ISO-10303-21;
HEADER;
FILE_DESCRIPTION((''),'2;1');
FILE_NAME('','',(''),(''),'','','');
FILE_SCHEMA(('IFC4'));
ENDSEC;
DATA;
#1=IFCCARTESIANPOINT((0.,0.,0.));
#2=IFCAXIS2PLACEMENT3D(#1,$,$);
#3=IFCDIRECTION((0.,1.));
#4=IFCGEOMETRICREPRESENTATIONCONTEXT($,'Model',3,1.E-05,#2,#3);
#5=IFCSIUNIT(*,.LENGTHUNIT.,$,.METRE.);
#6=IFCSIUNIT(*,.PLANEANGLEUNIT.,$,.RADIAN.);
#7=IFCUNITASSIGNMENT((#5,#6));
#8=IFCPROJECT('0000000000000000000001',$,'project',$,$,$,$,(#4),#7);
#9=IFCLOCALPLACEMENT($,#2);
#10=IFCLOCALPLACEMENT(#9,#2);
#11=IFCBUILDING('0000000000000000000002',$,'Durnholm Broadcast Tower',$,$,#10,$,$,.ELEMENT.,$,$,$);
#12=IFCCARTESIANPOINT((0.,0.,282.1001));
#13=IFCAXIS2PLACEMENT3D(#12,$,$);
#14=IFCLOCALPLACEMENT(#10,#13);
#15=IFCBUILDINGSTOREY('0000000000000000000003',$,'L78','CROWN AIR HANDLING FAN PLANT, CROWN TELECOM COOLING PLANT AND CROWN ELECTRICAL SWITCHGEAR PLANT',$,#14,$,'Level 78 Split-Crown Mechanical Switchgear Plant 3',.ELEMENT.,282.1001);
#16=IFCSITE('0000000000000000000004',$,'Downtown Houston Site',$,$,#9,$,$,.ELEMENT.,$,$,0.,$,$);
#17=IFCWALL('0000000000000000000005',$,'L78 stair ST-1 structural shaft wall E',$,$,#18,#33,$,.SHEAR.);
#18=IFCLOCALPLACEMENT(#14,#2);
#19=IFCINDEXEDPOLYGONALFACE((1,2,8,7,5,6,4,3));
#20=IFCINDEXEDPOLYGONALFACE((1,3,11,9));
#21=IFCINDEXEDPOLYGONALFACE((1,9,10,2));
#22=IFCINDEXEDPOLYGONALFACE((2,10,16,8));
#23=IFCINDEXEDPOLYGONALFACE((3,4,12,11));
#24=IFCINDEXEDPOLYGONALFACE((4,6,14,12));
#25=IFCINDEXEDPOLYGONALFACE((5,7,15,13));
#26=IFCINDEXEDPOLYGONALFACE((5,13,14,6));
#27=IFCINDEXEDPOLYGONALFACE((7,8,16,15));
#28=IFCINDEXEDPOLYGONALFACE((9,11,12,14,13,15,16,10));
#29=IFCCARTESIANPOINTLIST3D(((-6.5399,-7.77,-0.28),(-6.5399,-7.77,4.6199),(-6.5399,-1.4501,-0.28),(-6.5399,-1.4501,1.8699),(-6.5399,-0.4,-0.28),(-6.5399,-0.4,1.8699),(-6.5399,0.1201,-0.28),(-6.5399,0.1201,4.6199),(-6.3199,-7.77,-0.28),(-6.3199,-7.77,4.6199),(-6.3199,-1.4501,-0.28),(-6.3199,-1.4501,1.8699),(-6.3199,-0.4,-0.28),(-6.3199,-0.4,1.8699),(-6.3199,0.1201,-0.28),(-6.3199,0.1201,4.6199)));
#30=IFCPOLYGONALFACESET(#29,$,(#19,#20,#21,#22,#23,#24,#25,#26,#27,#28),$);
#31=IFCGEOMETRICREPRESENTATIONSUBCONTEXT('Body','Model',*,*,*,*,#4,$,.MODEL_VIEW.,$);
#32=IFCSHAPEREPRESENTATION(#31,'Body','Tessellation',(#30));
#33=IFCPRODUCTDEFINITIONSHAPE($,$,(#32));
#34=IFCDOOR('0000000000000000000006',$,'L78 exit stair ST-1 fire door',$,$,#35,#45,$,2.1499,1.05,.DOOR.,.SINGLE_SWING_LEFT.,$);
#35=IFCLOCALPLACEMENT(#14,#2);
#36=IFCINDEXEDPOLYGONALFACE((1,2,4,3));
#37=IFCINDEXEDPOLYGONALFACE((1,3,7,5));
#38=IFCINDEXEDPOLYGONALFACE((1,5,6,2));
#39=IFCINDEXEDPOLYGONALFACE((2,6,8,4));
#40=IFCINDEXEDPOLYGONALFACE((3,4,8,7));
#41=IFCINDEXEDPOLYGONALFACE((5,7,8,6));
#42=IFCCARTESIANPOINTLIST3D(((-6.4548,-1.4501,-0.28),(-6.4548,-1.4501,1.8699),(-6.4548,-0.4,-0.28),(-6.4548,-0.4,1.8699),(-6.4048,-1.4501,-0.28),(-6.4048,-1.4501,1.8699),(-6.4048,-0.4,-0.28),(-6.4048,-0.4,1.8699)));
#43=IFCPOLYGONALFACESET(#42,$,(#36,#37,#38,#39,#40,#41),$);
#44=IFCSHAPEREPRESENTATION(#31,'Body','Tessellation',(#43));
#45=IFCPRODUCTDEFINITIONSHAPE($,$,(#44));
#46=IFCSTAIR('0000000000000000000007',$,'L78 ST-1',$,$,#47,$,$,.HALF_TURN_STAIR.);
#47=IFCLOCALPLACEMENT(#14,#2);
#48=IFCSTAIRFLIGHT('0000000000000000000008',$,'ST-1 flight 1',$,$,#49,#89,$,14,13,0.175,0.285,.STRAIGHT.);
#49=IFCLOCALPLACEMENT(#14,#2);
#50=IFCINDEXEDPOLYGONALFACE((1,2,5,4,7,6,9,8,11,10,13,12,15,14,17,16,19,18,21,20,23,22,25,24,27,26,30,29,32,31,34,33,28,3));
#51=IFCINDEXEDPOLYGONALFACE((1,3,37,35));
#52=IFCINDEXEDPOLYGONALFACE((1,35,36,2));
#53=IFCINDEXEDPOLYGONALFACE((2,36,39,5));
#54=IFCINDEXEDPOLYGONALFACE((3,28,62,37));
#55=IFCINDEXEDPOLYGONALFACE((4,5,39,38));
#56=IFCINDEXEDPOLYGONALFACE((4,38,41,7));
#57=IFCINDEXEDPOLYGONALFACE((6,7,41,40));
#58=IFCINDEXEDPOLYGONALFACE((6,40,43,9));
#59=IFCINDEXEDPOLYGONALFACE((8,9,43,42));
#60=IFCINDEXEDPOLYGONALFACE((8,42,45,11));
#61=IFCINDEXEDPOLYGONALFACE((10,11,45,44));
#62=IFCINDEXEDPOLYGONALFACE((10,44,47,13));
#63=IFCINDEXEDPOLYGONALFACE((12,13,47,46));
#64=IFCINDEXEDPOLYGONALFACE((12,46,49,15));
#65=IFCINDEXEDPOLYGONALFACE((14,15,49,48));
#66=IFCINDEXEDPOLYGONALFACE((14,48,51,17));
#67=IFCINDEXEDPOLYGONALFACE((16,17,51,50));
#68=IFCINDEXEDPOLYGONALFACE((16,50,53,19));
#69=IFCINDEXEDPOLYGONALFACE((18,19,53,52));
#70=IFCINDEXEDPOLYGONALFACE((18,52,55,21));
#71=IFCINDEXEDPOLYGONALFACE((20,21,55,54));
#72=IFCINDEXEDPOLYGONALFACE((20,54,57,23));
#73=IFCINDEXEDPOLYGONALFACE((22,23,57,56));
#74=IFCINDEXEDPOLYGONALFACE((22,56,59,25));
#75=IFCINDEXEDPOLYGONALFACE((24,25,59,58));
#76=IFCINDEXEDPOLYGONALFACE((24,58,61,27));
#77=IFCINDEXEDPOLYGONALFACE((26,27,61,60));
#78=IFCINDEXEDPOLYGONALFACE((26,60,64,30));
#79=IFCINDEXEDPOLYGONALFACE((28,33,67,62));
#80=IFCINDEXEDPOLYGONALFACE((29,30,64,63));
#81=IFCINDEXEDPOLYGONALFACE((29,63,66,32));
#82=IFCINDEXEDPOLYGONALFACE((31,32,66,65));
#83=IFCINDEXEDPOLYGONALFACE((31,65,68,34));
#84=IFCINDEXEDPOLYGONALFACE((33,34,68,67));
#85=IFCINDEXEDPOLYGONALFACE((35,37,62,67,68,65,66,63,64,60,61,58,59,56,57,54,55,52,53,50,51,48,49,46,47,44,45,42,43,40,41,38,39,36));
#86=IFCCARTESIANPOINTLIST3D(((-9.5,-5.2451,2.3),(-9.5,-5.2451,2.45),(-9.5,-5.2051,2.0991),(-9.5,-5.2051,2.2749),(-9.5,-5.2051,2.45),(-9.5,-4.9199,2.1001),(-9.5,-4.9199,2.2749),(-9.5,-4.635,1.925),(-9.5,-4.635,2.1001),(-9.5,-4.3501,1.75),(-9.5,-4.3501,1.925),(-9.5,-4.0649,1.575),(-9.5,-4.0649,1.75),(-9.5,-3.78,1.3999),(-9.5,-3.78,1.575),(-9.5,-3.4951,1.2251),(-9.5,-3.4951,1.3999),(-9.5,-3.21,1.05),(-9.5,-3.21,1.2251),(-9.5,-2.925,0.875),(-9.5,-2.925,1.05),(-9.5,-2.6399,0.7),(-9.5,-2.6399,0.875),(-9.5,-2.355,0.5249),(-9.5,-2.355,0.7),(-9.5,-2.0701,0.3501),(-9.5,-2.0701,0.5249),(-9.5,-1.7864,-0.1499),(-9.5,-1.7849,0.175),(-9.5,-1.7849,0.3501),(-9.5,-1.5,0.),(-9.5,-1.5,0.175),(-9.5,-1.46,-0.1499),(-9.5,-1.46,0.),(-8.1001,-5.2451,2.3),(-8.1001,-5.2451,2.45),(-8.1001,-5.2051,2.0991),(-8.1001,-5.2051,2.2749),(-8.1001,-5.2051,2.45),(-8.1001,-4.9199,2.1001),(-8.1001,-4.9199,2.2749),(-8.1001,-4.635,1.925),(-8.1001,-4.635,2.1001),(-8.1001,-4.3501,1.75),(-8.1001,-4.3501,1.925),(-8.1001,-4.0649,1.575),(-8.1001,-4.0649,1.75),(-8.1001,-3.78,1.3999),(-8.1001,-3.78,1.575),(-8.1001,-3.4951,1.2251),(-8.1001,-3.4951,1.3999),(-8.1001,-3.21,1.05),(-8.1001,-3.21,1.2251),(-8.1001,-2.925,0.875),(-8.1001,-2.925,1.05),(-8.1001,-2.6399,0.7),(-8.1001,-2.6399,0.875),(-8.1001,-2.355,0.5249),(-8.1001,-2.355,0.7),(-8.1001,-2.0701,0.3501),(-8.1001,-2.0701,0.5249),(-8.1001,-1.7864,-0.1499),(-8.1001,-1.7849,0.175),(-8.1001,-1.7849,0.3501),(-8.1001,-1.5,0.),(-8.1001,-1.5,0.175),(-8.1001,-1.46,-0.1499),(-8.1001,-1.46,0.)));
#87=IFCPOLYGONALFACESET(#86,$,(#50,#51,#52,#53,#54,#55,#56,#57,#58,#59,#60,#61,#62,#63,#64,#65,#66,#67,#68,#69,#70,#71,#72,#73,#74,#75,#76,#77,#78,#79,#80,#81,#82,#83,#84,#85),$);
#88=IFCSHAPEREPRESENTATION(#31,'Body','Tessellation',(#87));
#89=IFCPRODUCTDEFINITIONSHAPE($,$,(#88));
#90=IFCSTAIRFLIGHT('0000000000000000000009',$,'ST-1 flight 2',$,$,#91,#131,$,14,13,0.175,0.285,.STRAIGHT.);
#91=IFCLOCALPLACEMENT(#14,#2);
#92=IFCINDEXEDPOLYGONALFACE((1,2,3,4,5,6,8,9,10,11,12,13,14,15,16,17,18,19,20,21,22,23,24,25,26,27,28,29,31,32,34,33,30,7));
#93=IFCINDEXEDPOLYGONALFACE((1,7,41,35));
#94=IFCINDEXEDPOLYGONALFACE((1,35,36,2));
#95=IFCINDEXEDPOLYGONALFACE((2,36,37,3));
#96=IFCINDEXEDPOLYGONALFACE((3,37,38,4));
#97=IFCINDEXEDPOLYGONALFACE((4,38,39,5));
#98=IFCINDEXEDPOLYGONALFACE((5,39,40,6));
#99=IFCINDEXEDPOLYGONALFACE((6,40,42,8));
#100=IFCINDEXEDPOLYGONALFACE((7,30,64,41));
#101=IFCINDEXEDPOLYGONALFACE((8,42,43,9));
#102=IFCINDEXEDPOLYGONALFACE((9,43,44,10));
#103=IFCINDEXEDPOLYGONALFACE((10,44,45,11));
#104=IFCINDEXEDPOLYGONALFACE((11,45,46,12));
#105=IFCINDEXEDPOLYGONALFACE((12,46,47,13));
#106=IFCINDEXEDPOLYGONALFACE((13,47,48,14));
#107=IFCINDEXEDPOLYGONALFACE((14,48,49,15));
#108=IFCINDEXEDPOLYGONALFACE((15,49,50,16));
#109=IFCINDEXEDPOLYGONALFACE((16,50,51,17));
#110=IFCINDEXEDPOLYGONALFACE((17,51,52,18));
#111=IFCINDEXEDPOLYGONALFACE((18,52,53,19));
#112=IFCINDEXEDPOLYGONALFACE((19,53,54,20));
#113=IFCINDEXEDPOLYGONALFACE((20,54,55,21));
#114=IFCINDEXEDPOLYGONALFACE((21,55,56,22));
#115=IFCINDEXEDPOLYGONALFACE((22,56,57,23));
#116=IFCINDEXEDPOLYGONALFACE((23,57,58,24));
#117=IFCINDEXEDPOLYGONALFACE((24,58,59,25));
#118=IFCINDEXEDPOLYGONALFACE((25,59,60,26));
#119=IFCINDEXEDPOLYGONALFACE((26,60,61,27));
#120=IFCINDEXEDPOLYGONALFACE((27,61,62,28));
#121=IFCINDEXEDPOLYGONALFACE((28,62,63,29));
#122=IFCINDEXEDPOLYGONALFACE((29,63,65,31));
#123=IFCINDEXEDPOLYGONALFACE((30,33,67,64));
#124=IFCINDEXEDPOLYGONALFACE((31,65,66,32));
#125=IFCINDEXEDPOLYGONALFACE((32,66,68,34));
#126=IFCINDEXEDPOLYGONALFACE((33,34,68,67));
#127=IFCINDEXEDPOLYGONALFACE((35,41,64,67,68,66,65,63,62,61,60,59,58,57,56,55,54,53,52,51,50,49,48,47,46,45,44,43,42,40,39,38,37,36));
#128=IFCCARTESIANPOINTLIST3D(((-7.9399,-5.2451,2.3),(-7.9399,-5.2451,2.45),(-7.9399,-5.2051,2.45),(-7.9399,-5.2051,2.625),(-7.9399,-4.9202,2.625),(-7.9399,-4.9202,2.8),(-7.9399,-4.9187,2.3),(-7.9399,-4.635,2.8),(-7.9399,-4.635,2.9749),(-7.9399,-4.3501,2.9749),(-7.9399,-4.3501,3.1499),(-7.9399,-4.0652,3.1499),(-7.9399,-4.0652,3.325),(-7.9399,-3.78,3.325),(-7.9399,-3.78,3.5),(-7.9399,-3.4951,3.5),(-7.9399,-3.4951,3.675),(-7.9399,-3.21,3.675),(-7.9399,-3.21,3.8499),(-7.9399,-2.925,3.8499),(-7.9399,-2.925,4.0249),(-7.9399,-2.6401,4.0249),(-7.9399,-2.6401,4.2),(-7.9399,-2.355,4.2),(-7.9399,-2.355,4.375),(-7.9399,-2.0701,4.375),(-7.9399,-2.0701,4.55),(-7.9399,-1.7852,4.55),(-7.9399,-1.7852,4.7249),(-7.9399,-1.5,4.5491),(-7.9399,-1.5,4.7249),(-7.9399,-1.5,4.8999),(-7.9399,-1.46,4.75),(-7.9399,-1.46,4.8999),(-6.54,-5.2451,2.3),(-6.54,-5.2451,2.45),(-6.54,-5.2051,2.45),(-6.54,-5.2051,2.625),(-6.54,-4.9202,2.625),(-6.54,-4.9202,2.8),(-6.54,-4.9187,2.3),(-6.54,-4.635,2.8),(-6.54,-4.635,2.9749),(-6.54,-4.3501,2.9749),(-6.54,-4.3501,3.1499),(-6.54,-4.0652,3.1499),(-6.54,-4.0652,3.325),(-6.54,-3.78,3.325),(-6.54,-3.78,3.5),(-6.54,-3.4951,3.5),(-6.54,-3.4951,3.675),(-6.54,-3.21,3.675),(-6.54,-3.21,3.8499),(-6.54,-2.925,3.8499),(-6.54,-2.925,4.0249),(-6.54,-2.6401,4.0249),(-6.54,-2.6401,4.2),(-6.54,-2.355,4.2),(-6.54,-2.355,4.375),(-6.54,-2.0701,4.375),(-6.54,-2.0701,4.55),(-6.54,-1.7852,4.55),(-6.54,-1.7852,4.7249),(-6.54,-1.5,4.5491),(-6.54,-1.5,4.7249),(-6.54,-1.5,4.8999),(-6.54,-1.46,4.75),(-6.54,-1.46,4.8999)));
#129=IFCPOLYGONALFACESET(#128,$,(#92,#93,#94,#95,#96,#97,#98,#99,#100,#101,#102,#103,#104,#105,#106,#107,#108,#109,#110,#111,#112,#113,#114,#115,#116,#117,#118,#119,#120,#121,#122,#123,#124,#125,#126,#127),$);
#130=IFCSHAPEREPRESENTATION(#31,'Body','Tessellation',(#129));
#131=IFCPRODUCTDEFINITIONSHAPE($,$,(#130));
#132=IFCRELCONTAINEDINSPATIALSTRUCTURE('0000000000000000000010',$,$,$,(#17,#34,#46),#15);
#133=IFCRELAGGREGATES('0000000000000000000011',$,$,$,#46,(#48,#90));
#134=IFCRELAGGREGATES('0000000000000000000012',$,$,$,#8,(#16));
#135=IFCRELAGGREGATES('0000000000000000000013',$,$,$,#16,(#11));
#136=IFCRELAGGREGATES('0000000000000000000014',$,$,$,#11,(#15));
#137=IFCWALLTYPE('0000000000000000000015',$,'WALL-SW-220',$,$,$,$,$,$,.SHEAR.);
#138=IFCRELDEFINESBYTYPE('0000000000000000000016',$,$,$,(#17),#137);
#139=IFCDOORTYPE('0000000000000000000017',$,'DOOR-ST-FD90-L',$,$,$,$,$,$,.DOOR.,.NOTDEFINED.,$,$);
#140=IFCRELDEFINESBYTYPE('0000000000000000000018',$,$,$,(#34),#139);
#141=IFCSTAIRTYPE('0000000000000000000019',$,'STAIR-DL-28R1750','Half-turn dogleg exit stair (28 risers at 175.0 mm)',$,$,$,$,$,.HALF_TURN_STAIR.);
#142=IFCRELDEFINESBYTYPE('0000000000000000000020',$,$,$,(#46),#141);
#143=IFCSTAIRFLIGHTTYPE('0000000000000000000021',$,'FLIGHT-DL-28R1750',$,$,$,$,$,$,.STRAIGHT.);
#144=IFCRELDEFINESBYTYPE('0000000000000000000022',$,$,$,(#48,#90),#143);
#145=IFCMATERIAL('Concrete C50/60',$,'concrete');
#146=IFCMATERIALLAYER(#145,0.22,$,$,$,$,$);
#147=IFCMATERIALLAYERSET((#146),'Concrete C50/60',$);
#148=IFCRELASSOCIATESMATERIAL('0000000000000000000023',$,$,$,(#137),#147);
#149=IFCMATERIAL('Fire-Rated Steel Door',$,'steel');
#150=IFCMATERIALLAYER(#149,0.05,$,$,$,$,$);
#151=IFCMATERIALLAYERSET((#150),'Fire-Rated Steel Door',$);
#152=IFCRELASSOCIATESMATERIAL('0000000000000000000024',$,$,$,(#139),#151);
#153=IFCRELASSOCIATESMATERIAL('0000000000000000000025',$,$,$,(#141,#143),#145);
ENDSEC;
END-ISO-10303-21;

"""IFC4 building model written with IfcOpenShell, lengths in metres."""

from ifc_helpers import new_model, si_unit, direction, frame, frame_2d, origin, place, context, subcontext, project, spatial, polyline, rectangle, outline, extrude, source, transform, mapped, material, layer, layer_set, type_object, type_shapes, element, fill, aggregate, save


model = new_model("IFC4")

# Units and contexts
model_context = context("Model", 3, precision=1e-05, world=origin(), true_north=direction((0.0, 1.0)))
body_context = subcontext(model_context, "Body", "Model", "MODEL_VIEW")
ifc_project = project(units=[si_unit("LENGTHUNIT", "METRE"), si_unit("PLANEANGLEUNIT", "RADIAN")], contexts=[model_context])

# Site, building, storey
site_placement = place(None, origin())
site = spatial("IfcSite", under=ifc_project, at=site_placement, Name="Downtown Houston Site", CompositionType="ELEMENT", RefElevation=0.0)
building_placement = place(site_placement, origin())
building = spatial("IfcBuilding", under=site, at=building_placement, Name="Durnholm Broadcast Tower", CompositionType="ELEMENT")
storey_placement = place(building_placement, frame((0.0, 0.0, 282.1001)))
storey = spatial("IfcBuildingStorey", under=building, at=storey_placement, Name="L78", Description="CROWN AIR HANDLING FAN PLANT, CROWN TELECOM COOLING PLANT AND CROWN ELECTRICAL SWITCHGEAR PLANT", LongName="Level 78 Split-Crown Mechanical Switchgear Plant 3", CompositionType="ELEMENT", Elevation=282.1001)

# Wall, opening, door
ifc_material_1 = material(Name="Concrete C50/60", Category="concrete")
ifc_layer_1 = layer(ifc_material_1, 0.22)
ifc_layer_set_1 = layer_set([ifc_layer_1], Name="Concrete C50/60")
wall_type = type_object("IfcWallType", Name="WALL-SW-220", PredefinedType="SHEAR", material=ifc_layer_set_1)
wall_placement = place(storey_placement, frame((-6.4299, -7.77, -0.28), z_axis=(0.0, 0.0, 1.0), x_axis=(0.0, 1.0, 0.0)))
wall = element("IfcWall", 1, at=wall_placement, inside=storey, type_object=wall_type, Name="L78 stair ST-1 structural shaft wall E", PredefinedType="SHEAR", context=body_context, shape_type="SweptSolid", body=[
    extrude(rectangle(XDim=7.8901, YDim=0.22, at=frame_2d((3.9451, 0.0))), origin(), (0.0, 0.0, 1.0), 4.8999),
])
opening_placement = place(wall_placement, frame((6.3201, 0.0, 0.0)))
opening = element("IfcOpeningElement", 2, at=opening_placement, cuts=wall, PredefinedType="OPENING", context=body_context, shape_type="SweptSolid", body=[
    extrude(rectangle(XDim=1.05, YDim=2.1499, at=frame_2d((0.5249, 1.075))), frame((0.0, 0.1201, 0.0), z_axis=(0.0, -1.0, 0.0), x_axis=(1.0, 0.0, 0.0)), (0.0, 0.0, 1.0), 0.24),
])
ifc_material_2 = material(Name="Fire-Rated Steel Door", Category="steel")
ifc_layer_2 = layer(ifc_material_2, 0.05)
ifc_layer_set_2 = layer_set([ifc_layer_2], Name="Fire-Rated Steel Door")
door_type = type_object("IfcDoorType", Name="DOOR-ST-FD90-L", OperationType="NOTDEFINED", PredefinedType="DOOR", material=ifc_layer_set_2)
shared_shape_1 = source(origin(), body_context, "Body", "SweptSolid", [
    extrude(rectangle(XDim=1.05, YDim=2.1499, at=frame_2d((0.5249, 1.075))), frame((0.0, 0.0249, 0.0), z_axis=(0.0, -1.0, 0.0), x_axis=(1.0, 0.0, 0.0)), (0.0, 0.0, 1.0), 0.05),
])
type_shapes(door_type, [shared_shape_1])
door_placement = place(opening_placement, origin())
door = element("IfcDoor", 3, at=door_placement, inside=storey, type_object=door_type, Name="L78 exit stair ST-1 fire door", OperationType="SINGLE_SWING_LEFT", OverallHeight=2.1499, OverallWidth=1.05, PredefinedType="DOOR", context=body_context, shape_type="MappedRepresentation", body=[
    mapped(shared_shape_1, transform((0.0, 0.0, 0.0), x_axis=(1.0, 0.0, 0.0), y_axis=(0.0, 1.0, 0.0), z_axis=(0.0, 0.0, 1.0), scale=1.0)),
])
fill(opening, door)

# Stair, stair flights
stair_type = type_object("IfcStairType", Name="STAIR-DL-28R1750", Description="Half-turn dogleg exit stair (28 risers at 175.0 mm)", PredefinedType="HALF_TURN_STAIR", material=ifc_material_1)
stair_placement = place(storey_placement, origin())
stair = element("IfcStair", 4, at=stair_placement, inside=storey, type_object=stair_type, Name="L78 ST-1", PredefinedType="HALF_TURN_STAIR")
stair_flight_type = type_object("IfcStairFlightType", Name="FLIGHT-DL-28R1750", PredefinedType="STRAIGHT", material=ifc_material_1)
stair_flight_1_placement = place(storey_placement, frame((-8.8, -1.5, 0.0), z_axis=(0.0, 0.0, 1.0), x_axis=(0.0, -1.0, 0.0)))
stair_flight_1 = element("IfcStairFlight", 5, at=stair_flight_1_placement, type_object=stair_flight_type, Name="ST-1 flight 1", NumberOfRisers=14, NumberOfTreads=13, PredefinedType="STRAIGHT", RiserHeight=0.175, TreadLength=0.285, context=body_context, shape_type="SweptSolid", body=[
    extrude(outline(polyline([(-0.04, -0.1499), (-0.04, 0.0), (0.0, 0.0), (0.0, 0.175), (0.2849, 0.175), (0.2849, 0.3501), (0.5701, 0.3501), (0.5701, 0.5249), (0.855, 0.5249), (0.855, 0.7), (1.1399, 0.7), (1.1399, 0.875), (1.425, 0.875), (1.425, 1.05), (1.71, 1.05), (1.71, 1.2251), (1.9951, 1.2251), (1.9951, 1.3999), (2.28, 1.3999), (2.28, 1.575), (2.5649, 1.575), (2.5649, 1.75), (2.8501, 1.75), (2.8501, 1.925), (3.135, 1.925), (3.135, 2.1001), (3.4199, 2.1001), (3.4199, 2.2749), (3.7051, 2.2749), (3.7051, 2.45), (3.7451, 2.45), (3.7451, 2.3), (3.7051, 2.0991), (0.2864, -0.1499), (-0.04, -0.1499)])), frame((0.0, 0.7, 0.0), z_axis=(0.0, -1.0, 0.0), x_axis=(1.0, 0.0, 0.0)), (0.0, 0.0, 1.0), 1.3999),
])
stair_flight_2_placement = place(storey_placement, frame((-7.24, -5.2051, 2.45), z_axis=(0.0, 0.0, 1.0), x_axis=(0.0, 1.0, 0.0)))
stair_flight_2 = element("IfcStairFlight", 6, at=stair_flight_2_placement, type_object=stair_flight_type, Name="ST-1 flight 2", NumberOfRisers=14, NumberOfTreads=13, PredefinedType="STRAIGHT", RiserHeight=0.175, TreadLength=0.285, context=body_context, shape_type="SweptSolid", body=[
    extrude(outline(polyline([(-0.04, -0.1499), (-0.04, 0.0), (0.0, 0.0), (0.0, 0.175), (0.2849, 0.175), (0.2849, 0.3501), (0.5701, 0.3501), (0.5701, 0.5249), (0.855, 0.5249), (0.855, 0.7), (1.1399, 0.7), (1.1399, 0.875), (1.425, 0.875), (1.425, 1.05), (1.71, 1.05), (1.71, 1.2251), (1.9951, 1.2251), (1.9951, 1.3999), (2.28, 1.3999), (2.28, 1.575), (2.5649, 1.575), (2.5649, 1.75), (2.8501, 1.75), (2.8501, 1.925), (3.135, 1.925), (3.135, 2.1001), (3.4199, 2.1001), (3.4199, 2.2749), (3.7051, 2.2749), (3.7051, 2.45), (3.7451, 2.45), (3.7451, 2.3), (3.7051, 2.0991), (0.2864, -0.1499), (-0.04, -0.1499)])), frame((0.0, 0.7, 0.0), z_axis=(0.0, -1.0, 0.0), x_axis=(1.0, 0.0, 0.0)), (0.0, 0.0, 1.0), 1.3999),
])
aggregate(stair, [stair_flight_1, stair_flight_2])

save(model, "model.ifc")
